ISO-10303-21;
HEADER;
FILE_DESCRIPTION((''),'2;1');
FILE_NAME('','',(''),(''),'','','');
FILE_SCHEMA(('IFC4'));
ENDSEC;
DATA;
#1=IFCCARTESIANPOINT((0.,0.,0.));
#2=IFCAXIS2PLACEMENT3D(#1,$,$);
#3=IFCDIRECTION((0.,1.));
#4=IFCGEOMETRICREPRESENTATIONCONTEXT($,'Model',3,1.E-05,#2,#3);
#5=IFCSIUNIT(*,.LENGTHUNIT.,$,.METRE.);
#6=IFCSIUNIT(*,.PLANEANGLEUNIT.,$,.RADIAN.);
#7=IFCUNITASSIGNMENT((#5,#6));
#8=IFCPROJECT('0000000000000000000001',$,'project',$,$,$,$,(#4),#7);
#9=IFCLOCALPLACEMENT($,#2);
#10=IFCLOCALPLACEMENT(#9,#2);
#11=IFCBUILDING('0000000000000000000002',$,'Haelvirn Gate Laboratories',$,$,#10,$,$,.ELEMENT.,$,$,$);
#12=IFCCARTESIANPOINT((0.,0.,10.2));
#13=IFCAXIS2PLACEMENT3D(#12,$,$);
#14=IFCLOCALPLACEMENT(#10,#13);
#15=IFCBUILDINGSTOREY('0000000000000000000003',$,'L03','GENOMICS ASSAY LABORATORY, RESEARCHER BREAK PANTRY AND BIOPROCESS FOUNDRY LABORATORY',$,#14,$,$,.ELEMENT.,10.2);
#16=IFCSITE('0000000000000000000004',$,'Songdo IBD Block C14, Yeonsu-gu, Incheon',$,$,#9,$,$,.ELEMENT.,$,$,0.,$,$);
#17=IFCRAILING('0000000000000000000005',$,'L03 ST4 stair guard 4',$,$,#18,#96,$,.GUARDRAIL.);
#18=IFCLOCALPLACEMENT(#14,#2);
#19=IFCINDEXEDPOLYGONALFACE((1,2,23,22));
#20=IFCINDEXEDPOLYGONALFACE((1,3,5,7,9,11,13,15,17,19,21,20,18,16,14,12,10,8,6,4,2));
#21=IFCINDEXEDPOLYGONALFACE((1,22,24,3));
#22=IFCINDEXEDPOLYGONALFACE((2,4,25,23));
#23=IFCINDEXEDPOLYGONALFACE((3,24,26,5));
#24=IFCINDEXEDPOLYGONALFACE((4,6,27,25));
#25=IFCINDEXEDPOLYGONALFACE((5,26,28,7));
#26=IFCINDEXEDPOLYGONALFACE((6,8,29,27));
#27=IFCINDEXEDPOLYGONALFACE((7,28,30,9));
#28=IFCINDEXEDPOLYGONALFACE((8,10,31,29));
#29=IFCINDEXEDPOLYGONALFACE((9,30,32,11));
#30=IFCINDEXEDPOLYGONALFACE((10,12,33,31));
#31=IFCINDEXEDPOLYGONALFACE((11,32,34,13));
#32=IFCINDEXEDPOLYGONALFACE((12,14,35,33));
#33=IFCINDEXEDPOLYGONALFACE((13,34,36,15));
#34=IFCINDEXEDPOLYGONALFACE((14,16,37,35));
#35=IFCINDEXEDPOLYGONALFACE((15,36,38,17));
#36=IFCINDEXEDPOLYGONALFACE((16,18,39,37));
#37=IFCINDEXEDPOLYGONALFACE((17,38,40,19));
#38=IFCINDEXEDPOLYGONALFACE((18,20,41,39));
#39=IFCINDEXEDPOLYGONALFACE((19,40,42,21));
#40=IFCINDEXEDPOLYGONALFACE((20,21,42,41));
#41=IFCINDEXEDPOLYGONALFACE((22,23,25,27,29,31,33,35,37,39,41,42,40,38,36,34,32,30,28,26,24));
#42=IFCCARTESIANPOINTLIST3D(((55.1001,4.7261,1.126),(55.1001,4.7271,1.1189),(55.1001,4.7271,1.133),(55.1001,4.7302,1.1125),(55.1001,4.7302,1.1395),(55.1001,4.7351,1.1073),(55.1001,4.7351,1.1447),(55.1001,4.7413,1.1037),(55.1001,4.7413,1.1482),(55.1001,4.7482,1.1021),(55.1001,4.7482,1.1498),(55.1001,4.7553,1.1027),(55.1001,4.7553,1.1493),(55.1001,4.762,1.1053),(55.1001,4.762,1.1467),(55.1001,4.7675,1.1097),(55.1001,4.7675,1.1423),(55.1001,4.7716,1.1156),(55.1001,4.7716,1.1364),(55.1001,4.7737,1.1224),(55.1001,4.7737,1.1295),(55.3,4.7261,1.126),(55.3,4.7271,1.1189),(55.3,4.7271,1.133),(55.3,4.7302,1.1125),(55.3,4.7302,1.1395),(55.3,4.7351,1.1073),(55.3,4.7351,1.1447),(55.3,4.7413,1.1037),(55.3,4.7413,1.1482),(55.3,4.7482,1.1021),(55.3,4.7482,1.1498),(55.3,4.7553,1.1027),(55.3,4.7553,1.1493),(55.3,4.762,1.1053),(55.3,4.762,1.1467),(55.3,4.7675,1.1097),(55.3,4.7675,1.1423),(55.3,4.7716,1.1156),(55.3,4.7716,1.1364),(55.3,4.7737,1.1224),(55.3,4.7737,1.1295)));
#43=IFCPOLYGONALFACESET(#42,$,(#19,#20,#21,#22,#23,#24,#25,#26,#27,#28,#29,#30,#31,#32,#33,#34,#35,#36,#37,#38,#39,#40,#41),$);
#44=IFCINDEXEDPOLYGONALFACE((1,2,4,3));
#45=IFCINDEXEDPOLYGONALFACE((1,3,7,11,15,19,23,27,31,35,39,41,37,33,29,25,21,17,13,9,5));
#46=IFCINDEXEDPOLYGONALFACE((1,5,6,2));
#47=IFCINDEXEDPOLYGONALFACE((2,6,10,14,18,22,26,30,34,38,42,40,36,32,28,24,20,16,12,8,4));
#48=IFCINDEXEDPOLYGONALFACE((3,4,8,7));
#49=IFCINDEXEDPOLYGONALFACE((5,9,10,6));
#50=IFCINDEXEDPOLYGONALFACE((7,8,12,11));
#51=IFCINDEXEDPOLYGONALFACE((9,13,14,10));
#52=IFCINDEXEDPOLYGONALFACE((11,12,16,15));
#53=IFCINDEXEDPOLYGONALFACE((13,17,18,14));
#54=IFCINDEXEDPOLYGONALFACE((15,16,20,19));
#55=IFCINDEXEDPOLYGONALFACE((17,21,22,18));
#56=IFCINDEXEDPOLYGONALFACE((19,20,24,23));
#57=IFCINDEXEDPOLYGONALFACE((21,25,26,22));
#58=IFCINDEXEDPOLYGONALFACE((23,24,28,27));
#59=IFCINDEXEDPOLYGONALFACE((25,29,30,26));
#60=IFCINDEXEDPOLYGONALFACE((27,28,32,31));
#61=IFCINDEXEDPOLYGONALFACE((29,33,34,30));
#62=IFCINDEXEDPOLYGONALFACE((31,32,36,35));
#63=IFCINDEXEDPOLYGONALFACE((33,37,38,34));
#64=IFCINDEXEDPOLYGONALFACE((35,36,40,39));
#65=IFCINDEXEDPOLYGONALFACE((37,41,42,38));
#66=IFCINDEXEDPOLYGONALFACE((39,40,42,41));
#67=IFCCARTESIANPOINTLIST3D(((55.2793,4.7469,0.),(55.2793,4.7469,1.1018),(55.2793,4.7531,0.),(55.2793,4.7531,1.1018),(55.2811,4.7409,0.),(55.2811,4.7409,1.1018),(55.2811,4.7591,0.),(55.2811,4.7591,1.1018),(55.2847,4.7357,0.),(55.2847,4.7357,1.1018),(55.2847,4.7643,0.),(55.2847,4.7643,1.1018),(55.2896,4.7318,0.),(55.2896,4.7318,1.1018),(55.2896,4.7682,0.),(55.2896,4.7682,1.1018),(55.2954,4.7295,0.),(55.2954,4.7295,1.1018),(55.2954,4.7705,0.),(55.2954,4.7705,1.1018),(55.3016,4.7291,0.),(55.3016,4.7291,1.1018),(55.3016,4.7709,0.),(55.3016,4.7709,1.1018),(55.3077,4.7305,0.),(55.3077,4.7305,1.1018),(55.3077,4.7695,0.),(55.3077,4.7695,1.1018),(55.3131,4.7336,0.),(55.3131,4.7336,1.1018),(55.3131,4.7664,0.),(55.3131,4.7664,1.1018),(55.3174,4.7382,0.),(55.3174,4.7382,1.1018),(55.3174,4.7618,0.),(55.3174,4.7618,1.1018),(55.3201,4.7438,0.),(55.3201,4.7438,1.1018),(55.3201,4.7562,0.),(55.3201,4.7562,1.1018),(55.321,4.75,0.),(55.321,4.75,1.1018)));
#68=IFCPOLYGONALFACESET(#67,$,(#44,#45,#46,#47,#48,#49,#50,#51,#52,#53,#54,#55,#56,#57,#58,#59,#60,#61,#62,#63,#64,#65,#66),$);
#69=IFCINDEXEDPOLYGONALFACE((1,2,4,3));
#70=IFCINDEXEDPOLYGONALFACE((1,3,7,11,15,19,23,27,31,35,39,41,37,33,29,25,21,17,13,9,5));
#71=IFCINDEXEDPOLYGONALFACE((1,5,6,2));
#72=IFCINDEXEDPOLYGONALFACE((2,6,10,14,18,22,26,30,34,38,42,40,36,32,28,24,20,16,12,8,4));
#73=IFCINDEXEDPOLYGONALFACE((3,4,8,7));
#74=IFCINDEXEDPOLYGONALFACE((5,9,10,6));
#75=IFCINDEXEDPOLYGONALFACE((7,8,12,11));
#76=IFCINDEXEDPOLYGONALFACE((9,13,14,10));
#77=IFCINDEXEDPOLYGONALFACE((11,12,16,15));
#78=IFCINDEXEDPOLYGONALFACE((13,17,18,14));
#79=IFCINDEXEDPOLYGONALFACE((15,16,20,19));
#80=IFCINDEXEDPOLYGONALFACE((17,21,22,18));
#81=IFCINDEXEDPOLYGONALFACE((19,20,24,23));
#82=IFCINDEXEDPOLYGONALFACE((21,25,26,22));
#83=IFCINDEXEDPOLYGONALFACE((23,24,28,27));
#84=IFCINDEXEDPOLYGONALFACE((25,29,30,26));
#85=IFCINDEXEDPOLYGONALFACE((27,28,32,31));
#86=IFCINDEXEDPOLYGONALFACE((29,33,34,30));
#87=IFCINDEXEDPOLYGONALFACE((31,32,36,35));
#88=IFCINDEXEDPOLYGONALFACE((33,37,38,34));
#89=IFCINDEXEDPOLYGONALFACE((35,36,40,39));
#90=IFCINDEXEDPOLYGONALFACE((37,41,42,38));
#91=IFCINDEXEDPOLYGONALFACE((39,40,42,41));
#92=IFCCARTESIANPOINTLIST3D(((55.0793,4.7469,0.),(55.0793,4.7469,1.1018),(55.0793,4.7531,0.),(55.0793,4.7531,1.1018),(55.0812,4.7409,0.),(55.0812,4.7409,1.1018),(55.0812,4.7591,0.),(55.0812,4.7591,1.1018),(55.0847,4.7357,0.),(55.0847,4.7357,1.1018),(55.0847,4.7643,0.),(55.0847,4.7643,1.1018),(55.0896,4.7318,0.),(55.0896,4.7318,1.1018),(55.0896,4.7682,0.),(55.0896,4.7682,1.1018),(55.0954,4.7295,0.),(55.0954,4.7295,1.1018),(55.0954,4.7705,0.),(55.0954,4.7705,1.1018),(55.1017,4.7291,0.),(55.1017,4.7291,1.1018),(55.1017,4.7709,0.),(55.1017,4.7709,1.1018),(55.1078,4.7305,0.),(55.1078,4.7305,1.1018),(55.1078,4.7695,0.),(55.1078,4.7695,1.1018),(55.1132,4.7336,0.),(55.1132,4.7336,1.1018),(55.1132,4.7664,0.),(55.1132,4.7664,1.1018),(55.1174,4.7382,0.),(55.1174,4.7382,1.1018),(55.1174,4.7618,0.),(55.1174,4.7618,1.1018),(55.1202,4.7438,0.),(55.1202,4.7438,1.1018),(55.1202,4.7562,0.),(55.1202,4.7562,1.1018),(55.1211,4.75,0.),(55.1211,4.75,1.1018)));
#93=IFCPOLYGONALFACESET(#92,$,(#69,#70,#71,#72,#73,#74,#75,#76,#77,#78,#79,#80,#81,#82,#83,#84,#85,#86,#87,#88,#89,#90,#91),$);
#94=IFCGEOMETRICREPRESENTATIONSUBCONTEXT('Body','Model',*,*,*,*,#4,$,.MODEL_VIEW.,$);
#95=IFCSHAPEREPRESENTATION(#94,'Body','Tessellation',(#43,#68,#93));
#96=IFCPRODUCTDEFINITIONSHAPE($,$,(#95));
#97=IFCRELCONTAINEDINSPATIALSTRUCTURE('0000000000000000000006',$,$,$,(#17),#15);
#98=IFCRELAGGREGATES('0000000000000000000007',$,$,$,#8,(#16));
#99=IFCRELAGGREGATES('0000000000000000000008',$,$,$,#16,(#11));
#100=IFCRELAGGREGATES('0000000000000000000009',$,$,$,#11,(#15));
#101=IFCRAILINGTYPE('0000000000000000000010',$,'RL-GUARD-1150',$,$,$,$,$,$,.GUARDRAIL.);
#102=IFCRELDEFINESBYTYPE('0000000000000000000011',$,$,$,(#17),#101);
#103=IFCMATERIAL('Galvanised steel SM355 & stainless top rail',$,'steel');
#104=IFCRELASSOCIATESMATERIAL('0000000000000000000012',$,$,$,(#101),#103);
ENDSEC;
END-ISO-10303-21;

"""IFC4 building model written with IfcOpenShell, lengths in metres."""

from ifc_helpers import new_model, si_unit, direction, frame, origin, origin_2d, place, context, subcontext, project, spatial, circle, extrude, source, transform, mapped, material, type_object, element, save


model = new_model("IFC4")

# Units and contexts
model_context = context("Model", 3, precision=1e-05, world=origin(), true_north=direction((0.0, 1.0)))
body_context = subcontext(model_context, "Body", "Model", "MODEL_VIEW")
ifc_project = project(units=[si_unit("LENGTHUNIT", "METRE"), si_unit("PLANEANGLEUNIT", "RADIAN")], contexts=[model_context])

# Site, building, storey
site_placement = place(None, origin())
site = spatial("IfcSite", under=ifc_project, at=site_placement, Name="Songdo IBD Block C14, Yeonsu-gu, Incheon", CompositionType="ELEMENT", RefElevation=0.0)
building_placement = place(site_placement, origin())
building = spatial("IfcBuilding", under=site, at=building_placement, Name="Haelvirn Gate Laboratories", CompositionType="ELEMENT")
storey_placement = place(building_placement, frame((0.0, 0.0, 10.2)))
storey = spatial("IfcBuildingStorey", under=building, at=storey_placement, Name="L03", Description="GENOMICS ASSAY LABORATORY, RESEARCHER BREAK PANTRY AND BIOPROCESS FOUNDRY LABORATORY", CompositionType="ELEMENT", Elevation=10.2)

# Railing
ifc_material_1 = material(Name="Galvanised steel SM355 & stainless top rail", Category="steel")
railing_type_1 = type_object("IfcRailingType", Name="RL-GUARD-1150", PredefinedType="GUARDRAIL", material=ifc_material_1)
shared_shape_1 = source(origin(), body_context, "Body", "SweptSolid", [
    extrude(circle(Radius=0.0239, at=origin_2d()), frame((0.0, 0.0, 1.126), z_axis=(-1.0, 0.0, 0.0), x_axis=(0.0, -1.0, 0.0)), (0.0, 0.0, 1.0), 0.2),
    extrude(circle(Radius=0.021, at=origin_2d()), origin(), (0.0, 0.0, 1.0), 1.1018),
    extrude(circle(Radius=0.021, at=origin_2d()), frame((-0.2, 0.0, 0.0)), (0.0, 0.0, 1.0), 1.1018),
])
railing_1_placement = place(storey_placement, frame((55.3, 4.75, 0.0)))
element("IfcRailing", 1, at=railing_1_placement, inside=storey, type_object=railing_type_1, Name="L03 ST4 stair guard 4", PredefinedType="GUARDRAIL", context=body_context, shape_type="MappedRepresentation", body=[
    mapped(shared_shape_1, transform((0.0, 0.0, 0.0), scale=1.0)),
])

save(model, "model.ifc")
